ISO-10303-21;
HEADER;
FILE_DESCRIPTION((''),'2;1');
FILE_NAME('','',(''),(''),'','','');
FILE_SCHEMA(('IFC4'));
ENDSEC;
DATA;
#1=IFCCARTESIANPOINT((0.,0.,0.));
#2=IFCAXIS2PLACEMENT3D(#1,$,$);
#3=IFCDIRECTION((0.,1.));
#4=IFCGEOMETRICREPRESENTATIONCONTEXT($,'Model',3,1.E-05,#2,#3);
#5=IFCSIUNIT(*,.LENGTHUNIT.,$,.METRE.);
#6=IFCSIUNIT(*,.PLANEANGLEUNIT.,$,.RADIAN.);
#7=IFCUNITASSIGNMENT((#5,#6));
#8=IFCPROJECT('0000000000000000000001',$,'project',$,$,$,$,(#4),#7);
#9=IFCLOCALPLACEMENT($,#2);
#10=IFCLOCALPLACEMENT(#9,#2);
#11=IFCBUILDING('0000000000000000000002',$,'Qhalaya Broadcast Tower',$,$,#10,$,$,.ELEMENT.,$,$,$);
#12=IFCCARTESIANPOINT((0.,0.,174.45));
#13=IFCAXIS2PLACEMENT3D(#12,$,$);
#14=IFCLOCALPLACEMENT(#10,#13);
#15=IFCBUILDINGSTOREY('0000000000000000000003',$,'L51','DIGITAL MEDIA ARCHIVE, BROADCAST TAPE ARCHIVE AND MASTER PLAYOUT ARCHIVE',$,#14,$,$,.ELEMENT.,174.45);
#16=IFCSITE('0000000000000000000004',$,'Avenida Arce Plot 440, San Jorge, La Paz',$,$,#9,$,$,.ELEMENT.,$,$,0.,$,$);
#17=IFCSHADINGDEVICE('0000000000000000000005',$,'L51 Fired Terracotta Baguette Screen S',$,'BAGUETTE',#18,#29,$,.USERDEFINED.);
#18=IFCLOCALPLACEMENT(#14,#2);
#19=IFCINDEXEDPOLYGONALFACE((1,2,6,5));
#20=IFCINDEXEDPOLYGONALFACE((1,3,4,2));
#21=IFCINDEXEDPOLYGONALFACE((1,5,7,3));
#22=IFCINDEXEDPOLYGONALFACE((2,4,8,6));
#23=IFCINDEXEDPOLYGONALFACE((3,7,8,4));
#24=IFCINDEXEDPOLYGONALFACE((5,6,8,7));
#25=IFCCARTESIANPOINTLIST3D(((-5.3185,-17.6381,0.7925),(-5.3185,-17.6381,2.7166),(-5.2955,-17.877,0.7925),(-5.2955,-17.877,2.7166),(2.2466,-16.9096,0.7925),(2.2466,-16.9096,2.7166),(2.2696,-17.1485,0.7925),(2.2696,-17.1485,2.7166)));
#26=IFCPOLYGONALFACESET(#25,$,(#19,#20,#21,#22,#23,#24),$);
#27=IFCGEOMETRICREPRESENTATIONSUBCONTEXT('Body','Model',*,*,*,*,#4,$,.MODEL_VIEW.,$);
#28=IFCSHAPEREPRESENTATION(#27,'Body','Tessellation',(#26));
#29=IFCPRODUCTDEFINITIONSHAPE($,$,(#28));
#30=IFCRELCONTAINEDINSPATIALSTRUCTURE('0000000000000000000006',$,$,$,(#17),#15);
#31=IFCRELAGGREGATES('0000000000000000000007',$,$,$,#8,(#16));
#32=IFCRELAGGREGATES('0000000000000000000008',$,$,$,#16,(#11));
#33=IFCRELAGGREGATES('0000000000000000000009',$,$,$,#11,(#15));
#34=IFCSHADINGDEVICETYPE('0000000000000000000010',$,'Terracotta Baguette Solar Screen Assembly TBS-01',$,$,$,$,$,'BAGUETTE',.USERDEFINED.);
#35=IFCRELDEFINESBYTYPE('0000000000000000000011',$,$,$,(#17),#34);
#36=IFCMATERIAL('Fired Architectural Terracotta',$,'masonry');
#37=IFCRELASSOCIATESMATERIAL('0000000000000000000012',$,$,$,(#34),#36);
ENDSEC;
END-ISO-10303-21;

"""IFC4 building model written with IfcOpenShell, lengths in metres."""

from ifc_helpers import new_model, si_unit, direction, frame, origin, origin_2d, place, context, subcontext, project, spatial, rectangle, extrude, material, type_object, element, save


model = new_model("IFC4")

# Units and contexts
model_context = context("Model", 3, precision=1e-05, world=origin(), true_north=direction((0.0, 1.0)))
body_context = subcontext(model_context, "Body", "Model", "MODEL_VIEW")
ifc_project = project(units=[si_unit("LENGTHUNIT", "METRE"), si_unit("PLANEANGLEUNIT", "RADIAN")], contexts=[model_context])

# Site, building, storey
site_placement = place(None, origin())
site = spatial("IfcSite", under=ifc_project, at=site_placement, Name="Avenida Arce Plot 440, San Jorge, La Paz", CompositionType="ELEMENT", RefElevation=0.0)
building_placement = place(site_placement, origin())
building = spatial("IfcBuilding", under=site, at=building_placement, Name="Qhalaya Broadcast Tower", CompositionType="ELEMENT")
storey_placement = place(building_placement, frame((0.0, 0.0, 174.45)))
storey = spatial("IfcBuildingStorey", under=building, at=storey_placement, Name="L51", Description="DIGITAL MEDIA ARCHIVE, BROADCAST TAPE ARCHIVE AND MASTER PLAYOUT ARCHIVE", CompositionType="ELEMENT", Elevation=174.45)

# Shared definitions
ifc_material_1 = material(Name="Fired Architectural Terracotta", Category="masonry")

# Shading device
shading_device_type = type_object("IfcShadingDeviceType", Name="Terracotta Baguette Solar Screen Assembly TBS-01", ElementType="BAGUETTE", PredefinedType="USERDEFINED", material=ifc_material_1)
shading_device_placement = place(storey_placement, frame((-1.5244, -17.3933, 0.7925), z_axis=(0.0, 0.0, 1.0), x_axis=(0.995396, 0.095846, 0.0)))
element("IfcShadingDevice", 1, at=shading_device_placement, inside=storey, type_object=shading_device_type, Name="L51 Fired Terracotta Baguette Screen S", ObjectType="BAGUETTE", PredefinedType="USERDEFINED", context=body_context, shape_type="SweptSolid", body=[
    extrude(rectangle(XDim=7.6001, YDim=0.24, at=origin_2d()), origin(), (0.0, 0.0, 1.0), 1.9241),
])

save(model, "model.ifc")
